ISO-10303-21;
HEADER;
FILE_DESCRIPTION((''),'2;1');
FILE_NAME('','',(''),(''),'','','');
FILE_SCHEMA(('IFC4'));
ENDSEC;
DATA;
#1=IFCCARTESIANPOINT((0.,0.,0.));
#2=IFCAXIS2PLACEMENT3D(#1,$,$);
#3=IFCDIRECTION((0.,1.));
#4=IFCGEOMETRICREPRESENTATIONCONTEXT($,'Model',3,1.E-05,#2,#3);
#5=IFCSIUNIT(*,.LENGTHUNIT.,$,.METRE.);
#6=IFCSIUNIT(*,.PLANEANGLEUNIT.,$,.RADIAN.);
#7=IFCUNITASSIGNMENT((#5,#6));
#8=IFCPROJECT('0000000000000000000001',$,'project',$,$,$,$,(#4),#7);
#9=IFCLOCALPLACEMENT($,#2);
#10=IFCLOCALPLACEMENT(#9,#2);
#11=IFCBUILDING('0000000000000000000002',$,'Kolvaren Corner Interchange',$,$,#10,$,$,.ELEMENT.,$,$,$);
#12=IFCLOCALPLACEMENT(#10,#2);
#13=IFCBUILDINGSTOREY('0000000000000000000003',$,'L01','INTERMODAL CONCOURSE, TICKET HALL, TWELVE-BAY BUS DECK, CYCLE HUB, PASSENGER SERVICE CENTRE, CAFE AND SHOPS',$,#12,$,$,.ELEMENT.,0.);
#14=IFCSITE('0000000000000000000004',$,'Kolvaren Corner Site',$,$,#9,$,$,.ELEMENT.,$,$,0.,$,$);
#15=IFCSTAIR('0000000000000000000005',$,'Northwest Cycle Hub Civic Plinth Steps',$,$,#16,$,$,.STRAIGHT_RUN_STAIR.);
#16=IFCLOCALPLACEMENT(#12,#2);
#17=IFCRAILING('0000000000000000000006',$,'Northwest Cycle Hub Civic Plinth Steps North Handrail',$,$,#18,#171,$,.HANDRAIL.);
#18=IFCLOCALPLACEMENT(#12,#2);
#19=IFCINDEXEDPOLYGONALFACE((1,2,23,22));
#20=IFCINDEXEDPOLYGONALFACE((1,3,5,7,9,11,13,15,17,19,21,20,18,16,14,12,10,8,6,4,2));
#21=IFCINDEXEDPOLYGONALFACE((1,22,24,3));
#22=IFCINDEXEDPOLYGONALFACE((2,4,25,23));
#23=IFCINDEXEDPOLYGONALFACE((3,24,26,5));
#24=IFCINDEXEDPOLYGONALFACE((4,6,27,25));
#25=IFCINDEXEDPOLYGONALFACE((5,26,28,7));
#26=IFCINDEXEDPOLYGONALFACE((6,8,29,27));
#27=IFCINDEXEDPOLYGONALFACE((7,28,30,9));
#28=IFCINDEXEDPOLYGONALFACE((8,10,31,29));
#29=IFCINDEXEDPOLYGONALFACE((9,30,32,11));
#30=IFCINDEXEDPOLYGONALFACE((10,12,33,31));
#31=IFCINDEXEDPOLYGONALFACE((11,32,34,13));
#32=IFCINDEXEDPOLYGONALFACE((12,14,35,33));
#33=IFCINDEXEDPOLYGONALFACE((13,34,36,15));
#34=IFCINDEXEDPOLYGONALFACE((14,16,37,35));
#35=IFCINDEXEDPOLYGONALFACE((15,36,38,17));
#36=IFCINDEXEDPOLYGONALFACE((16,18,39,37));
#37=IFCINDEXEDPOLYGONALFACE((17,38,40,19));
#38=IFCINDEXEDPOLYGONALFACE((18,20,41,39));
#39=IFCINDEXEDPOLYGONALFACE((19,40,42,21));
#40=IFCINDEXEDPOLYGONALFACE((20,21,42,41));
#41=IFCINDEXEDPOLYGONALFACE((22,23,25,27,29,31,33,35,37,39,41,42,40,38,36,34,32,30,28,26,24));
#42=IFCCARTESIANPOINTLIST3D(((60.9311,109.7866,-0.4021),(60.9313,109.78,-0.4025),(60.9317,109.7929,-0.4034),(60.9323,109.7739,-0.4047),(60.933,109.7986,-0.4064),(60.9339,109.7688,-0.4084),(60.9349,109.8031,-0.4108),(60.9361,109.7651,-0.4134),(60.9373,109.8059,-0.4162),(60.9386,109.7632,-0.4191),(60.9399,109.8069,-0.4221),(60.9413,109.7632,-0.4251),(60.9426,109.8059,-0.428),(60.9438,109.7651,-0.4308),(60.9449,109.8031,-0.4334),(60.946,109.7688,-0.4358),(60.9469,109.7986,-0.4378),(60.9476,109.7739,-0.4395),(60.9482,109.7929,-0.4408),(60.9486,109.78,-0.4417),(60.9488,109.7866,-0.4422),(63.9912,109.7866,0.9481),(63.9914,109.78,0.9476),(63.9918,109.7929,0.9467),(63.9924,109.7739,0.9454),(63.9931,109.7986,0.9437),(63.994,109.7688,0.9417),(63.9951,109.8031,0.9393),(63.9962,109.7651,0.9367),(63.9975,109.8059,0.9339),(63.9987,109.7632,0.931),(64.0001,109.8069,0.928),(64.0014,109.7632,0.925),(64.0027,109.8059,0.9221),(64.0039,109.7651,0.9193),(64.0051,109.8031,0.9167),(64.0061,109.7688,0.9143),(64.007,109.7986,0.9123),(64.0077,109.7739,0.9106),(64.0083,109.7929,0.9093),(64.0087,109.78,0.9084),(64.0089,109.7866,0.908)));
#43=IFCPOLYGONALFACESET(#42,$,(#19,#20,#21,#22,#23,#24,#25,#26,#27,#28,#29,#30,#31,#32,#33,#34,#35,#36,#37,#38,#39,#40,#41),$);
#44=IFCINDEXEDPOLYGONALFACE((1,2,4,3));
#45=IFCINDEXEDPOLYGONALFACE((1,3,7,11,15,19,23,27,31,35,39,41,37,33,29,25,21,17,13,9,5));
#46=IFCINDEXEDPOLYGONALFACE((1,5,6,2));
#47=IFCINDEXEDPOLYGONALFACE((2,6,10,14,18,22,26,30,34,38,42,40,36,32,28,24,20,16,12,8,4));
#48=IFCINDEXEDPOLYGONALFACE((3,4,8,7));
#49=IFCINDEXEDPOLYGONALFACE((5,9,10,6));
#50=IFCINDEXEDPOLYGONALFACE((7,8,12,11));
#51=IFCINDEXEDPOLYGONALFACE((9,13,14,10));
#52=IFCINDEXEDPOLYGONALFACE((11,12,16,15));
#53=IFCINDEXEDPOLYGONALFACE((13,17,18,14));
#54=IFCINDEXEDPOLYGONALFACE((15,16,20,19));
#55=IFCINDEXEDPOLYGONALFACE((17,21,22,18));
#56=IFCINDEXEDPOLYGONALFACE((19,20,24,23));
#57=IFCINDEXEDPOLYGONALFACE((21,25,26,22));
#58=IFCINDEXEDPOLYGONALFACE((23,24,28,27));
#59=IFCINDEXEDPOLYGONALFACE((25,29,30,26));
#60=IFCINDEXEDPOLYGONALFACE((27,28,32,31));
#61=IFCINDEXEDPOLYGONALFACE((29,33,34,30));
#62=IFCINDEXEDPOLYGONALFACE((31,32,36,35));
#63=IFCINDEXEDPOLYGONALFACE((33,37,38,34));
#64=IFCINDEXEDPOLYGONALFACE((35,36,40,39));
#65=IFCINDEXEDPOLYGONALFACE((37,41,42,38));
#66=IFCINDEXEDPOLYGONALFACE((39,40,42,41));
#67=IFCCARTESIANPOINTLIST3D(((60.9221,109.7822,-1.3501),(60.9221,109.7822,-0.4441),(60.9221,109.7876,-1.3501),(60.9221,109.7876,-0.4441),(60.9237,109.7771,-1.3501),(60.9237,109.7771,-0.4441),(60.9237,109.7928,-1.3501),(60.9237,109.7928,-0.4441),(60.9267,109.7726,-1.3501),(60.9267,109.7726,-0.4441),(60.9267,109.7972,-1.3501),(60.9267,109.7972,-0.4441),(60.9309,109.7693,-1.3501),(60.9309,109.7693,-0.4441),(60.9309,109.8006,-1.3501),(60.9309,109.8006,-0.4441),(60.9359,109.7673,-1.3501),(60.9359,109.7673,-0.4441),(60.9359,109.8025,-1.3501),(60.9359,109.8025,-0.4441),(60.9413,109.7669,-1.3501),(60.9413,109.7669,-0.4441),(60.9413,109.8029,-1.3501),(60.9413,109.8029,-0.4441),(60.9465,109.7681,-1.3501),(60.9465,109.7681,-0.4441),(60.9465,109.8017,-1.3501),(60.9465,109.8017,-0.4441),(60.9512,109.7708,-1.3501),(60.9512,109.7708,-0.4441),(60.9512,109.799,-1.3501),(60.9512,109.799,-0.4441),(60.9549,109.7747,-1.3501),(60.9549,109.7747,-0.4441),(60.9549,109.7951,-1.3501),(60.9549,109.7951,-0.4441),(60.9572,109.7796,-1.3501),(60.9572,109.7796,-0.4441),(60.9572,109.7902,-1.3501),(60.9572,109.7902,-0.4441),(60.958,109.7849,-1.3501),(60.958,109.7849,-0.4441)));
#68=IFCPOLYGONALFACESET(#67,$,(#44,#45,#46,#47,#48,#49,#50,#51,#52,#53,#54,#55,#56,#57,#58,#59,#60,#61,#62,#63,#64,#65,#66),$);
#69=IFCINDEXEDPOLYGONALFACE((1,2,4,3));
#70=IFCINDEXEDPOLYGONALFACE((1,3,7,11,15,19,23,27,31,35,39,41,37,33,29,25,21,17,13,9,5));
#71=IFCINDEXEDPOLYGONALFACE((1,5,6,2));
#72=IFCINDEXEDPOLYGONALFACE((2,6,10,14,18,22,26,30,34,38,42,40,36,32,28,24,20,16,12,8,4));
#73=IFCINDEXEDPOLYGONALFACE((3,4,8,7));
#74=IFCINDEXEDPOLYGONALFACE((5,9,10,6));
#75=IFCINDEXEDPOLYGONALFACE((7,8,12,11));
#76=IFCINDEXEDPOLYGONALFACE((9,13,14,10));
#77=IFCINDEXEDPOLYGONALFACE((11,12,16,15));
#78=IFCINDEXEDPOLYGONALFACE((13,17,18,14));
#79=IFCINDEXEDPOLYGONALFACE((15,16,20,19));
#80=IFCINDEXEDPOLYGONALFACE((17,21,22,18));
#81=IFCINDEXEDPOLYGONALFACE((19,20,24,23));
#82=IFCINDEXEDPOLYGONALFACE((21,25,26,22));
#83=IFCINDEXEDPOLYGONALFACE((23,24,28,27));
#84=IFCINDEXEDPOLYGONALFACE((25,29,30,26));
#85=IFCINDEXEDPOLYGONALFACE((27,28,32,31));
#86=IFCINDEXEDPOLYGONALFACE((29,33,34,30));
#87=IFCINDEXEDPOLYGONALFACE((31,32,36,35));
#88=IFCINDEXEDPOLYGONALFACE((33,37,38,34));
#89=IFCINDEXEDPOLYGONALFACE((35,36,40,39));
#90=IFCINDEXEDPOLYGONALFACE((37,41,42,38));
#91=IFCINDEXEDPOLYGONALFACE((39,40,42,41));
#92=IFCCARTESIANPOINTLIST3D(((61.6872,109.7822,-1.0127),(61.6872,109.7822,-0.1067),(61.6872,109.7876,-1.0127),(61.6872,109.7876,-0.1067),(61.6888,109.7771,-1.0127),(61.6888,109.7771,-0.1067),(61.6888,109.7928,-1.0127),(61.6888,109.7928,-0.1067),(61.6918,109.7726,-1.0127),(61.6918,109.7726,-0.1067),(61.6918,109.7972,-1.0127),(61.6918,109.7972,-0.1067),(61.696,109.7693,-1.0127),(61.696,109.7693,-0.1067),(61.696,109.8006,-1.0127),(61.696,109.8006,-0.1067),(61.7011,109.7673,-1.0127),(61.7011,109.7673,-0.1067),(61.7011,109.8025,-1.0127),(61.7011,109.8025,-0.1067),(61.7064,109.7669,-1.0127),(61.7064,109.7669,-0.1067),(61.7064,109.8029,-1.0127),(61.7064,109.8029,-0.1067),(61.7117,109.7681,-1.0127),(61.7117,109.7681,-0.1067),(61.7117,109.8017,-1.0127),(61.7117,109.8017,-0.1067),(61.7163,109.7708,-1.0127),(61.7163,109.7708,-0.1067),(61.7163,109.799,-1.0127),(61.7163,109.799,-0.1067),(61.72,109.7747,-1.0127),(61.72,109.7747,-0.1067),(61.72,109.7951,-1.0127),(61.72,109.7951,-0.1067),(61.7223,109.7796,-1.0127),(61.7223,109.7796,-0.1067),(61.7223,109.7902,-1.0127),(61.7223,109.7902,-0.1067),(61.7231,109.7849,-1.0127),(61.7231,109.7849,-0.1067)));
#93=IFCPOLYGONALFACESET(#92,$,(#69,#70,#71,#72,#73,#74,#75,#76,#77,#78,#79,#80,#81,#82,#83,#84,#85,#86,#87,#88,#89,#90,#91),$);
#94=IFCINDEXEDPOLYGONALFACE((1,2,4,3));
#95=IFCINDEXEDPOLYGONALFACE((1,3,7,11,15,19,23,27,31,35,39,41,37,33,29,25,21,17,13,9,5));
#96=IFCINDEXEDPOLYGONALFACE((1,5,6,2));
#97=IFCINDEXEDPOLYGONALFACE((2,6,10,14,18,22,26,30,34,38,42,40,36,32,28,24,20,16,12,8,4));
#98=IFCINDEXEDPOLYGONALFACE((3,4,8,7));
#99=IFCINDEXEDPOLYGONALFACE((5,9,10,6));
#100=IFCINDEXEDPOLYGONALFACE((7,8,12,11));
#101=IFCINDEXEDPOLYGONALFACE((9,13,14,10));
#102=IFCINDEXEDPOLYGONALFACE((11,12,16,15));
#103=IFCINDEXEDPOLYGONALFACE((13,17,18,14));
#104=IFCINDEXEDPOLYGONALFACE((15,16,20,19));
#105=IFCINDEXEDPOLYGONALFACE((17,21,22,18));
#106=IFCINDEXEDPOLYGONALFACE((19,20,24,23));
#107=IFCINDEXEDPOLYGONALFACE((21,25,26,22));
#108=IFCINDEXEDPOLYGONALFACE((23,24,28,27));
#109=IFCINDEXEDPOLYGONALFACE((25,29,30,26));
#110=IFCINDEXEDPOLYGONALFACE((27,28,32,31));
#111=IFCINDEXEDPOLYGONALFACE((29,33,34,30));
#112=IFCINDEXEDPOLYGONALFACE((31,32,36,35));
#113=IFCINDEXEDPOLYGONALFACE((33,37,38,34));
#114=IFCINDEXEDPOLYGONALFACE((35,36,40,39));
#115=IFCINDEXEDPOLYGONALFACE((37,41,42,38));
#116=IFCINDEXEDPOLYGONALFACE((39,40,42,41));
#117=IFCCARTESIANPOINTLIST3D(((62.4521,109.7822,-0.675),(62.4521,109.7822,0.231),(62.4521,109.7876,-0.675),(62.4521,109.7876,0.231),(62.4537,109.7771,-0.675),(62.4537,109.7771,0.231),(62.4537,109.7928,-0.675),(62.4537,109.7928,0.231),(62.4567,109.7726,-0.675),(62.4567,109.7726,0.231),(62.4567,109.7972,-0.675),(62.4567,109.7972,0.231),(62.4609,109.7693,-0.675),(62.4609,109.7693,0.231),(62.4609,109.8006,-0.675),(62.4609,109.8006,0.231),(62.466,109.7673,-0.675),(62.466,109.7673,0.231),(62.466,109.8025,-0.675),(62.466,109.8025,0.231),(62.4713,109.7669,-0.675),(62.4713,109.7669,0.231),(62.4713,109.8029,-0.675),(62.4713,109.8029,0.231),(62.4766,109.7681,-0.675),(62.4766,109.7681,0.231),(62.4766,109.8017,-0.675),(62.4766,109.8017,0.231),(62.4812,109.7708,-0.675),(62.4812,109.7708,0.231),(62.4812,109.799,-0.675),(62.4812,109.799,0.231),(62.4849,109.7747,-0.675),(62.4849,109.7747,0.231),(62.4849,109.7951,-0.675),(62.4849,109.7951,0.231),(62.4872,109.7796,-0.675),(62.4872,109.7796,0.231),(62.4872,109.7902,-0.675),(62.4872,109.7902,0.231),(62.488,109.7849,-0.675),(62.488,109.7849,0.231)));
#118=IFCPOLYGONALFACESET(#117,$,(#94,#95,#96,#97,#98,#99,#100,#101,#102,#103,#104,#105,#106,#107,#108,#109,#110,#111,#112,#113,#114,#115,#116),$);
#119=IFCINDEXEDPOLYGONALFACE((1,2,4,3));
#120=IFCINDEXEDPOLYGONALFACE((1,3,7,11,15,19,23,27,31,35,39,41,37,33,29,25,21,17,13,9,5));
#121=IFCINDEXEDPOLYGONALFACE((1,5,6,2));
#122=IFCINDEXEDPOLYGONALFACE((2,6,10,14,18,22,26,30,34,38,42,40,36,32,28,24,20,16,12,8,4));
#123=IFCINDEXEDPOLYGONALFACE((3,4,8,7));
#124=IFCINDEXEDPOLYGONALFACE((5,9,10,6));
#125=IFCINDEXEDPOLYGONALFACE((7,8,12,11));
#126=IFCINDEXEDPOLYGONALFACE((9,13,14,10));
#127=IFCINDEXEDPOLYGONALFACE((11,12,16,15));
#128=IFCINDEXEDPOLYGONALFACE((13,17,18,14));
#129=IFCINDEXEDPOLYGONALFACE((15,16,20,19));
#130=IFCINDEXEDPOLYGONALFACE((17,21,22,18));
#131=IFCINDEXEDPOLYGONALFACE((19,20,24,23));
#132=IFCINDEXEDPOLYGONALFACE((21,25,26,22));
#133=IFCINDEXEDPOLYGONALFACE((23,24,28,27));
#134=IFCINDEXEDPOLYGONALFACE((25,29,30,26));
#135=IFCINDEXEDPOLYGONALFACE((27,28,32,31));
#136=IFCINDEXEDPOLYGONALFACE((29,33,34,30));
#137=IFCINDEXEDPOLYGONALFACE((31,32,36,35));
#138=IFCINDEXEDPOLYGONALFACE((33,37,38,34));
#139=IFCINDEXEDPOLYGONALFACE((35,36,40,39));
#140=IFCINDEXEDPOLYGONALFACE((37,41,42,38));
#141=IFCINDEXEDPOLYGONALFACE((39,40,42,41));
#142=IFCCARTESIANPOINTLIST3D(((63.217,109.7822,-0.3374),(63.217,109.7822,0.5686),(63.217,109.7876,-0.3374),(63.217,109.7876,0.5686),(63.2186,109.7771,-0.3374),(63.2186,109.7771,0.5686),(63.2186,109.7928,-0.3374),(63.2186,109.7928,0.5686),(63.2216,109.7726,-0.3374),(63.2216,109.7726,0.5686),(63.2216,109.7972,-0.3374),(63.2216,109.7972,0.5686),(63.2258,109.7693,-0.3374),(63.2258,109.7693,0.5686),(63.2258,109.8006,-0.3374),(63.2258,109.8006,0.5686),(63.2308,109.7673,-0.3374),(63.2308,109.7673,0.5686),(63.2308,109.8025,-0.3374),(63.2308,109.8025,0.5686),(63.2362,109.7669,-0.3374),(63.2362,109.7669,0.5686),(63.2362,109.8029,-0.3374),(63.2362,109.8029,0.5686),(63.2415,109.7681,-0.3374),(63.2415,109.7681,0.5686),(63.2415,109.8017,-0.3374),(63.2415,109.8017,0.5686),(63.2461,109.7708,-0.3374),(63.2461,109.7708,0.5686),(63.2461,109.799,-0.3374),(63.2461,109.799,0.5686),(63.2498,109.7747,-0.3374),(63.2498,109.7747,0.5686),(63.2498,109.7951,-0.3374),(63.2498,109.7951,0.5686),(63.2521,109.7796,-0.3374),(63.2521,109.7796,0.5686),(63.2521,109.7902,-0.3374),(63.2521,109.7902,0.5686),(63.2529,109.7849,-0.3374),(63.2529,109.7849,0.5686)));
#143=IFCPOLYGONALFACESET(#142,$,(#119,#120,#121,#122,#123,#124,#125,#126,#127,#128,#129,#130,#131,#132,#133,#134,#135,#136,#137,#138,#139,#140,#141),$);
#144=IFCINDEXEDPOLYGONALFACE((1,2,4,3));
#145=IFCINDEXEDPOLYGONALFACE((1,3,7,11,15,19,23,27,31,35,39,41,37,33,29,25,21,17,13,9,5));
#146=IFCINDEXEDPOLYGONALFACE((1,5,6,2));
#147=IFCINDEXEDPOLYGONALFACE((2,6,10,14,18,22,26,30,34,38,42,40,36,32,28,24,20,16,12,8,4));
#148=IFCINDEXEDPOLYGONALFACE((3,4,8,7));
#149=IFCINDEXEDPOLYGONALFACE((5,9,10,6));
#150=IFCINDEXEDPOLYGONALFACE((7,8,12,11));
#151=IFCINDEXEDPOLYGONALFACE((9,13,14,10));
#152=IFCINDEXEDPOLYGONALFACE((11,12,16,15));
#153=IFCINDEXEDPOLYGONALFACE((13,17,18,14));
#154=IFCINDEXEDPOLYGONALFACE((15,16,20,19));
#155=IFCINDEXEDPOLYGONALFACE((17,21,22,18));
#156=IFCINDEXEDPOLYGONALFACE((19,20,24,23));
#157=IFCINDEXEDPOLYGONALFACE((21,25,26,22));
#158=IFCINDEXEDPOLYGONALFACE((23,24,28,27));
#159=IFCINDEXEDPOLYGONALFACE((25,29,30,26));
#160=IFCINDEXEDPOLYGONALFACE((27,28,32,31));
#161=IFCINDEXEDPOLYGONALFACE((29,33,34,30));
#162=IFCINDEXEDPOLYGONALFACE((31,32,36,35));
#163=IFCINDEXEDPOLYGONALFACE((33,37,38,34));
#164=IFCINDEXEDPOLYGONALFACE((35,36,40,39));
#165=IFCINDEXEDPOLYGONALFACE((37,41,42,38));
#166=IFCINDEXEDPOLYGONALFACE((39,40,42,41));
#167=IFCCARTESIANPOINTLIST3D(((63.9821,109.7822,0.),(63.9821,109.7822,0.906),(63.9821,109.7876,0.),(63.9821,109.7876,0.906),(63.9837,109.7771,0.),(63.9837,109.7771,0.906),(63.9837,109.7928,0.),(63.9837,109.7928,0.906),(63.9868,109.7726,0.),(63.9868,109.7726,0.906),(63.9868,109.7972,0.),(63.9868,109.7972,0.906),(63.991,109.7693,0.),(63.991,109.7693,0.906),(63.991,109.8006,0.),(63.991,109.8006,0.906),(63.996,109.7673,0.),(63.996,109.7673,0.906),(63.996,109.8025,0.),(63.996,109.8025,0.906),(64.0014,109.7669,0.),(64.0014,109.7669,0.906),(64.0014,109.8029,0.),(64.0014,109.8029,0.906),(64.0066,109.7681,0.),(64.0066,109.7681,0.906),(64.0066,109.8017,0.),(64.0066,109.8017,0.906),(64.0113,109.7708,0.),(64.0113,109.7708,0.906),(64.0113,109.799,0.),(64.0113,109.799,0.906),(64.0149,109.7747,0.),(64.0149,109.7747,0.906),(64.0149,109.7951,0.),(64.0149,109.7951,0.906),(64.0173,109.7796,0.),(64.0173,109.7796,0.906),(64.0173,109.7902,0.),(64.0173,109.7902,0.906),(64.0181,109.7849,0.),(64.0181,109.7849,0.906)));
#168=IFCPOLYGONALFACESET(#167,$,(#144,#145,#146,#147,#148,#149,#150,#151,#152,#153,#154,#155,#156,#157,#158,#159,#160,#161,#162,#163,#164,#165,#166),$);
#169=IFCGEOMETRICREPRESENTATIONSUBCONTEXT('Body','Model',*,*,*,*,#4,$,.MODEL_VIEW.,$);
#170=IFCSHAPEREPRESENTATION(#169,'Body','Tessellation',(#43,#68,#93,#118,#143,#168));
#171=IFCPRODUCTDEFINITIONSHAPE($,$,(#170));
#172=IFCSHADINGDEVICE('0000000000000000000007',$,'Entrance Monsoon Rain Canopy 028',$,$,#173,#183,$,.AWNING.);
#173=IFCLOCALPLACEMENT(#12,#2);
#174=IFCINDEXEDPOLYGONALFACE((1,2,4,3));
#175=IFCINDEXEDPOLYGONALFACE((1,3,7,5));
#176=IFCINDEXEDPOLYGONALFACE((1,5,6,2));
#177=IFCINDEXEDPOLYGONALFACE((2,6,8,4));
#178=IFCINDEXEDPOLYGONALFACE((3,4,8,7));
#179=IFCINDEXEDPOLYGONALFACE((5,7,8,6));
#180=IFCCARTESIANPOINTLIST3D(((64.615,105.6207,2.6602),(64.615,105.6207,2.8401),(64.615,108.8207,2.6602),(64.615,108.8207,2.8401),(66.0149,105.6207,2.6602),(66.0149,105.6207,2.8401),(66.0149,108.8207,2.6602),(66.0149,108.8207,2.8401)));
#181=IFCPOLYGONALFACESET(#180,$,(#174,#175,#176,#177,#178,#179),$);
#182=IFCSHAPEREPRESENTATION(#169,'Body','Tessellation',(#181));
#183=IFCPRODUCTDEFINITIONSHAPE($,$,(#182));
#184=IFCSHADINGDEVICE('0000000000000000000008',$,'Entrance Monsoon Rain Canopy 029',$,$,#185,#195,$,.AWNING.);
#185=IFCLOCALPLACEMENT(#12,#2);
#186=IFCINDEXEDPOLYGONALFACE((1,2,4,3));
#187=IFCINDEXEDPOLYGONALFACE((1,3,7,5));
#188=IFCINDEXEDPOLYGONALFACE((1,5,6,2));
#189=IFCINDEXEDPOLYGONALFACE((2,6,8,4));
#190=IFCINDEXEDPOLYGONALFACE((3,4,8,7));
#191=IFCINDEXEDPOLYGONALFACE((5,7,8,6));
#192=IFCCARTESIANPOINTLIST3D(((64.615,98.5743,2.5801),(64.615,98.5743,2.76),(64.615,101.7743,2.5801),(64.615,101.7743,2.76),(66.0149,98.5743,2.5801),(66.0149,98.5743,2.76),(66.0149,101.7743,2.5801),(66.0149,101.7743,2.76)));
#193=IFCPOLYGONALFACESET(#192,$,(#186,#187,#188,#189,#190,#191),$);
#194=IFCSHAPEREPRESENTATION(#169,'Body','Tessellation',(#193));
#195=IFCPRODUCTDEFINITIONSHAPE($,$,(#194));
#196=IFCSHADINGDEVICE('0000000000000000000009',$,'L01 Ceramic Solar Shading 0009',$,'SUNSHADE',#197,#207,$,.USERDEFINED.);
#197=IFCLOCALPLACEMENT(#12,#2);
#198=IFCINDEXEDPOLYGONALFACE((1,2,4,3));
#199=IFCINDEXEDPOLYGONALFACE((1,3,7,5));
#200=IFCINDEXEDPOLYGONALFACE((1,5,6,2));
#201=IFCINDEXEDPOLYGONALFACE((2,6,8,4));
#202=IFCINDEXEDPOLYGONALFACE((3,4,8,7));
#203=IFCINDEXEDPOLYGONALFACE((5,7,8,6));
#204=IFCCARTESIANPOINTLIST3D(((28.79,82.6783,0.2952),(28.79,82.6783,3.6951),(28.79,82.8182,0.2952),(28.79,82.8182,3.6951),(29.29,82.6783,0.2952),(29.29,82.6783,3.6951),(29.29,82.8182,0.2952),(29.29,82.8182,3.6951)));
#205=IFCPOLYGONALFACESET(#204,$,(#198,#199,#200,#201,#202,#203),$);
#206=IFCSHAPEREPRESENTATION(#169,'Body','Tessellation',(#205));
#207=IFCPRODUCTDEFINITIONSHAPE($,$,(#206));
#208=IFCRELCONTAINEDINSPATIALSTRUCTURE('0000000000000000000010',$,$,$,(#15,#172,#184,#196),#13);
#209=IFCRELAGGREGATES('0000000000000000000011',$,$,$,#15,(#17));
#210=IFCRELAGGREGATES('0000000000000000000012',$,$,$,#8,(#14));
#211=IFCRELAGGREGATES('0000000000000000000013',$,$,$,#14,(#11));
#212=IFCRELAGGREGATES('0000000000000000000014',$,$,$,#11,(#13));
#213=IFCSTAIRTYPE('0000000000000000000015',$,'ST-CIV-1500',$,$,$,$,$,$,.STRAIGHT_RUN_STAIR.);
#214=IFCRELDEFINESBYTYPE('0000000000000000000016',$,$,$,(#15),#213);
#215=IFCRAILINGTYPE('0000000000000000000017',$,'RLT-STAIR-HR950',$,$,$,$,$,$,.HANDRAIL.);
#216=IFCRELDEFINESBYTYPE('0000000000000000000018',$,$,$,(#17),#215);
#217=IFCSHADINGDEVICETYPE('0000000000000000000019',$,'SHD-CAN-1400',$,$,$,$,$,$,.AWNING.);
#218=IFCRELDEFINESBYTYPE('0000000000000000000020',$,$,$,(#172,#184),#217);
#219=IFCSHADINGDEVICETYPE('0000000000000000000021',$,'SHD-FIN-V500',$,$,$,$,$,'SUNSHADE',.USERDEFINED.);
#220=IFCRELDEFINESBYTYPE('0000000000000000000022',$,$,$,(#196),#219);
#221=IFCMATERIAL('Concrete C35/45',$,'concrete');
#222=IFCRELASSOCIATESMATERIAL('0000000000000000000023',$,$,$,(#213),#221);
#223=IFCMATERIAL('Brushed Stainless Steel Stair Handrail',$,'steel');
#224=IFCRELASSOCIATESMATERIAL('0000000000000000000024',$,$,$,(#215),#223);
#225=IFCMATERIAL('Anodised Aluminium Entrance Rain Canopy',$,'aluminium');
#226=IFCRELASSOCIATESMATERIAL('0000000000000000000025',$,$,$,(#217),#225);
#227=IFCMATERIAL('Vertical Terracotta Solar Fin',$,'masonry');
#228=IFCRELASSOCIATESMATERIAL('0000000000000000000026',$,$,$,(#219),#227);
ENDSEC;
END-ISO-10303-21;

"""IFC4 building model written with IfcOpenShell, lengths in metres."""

from ifc_helpers import new_model, si_unit, direction, frame, origin, origin_2d, place, context, subcontext, project, spatial, rectangle, circle, extrude, material, type_object, element, aggregate, save


model = new_model("IFC4")

# Units and contexts
model_context = context("Model", 3, precision=1e-05, world=origin(), true_north=direction((0.0, 1.0)))
body_context = subcontext(model_context, "Body", "Model", "MODEL_VIEW")
ifc_project = project(units=[si_unit("LENGTHUNIT", "METRE"), si_unit("PLANEANGLEUNIT", "RADIAN")], contexts=[model_context])

# Site, building, storey
site_placement = place(None, origin())
site = spatial("IfcSite", under=ifc_project, at=site_placement, Name="Kolvaren Corner Site", CompositionType="ELEMENT", RefElevation=0.0)
building_placement = place(site_placement, origin())
building = spatial("IfcBuilding", under=site, at=building_placement, Name="Kolvaren Corner Interchange", CompositionType="ELEMENT")
storey_placement = place(building_placement, origin())
storey = spatial("IfcBuildingStorey", under=building, at=storey_placement, Name="L01", Description="INTERMODAL CONCOURSE, TICKET HALL, TWELVE-BAY BUS DECK, CYCLE HUB, PASSENGER SERVICE CENTRE, CAFE AND SHOPS", CompositionType="ELEMENT", Elevation=0.0)

# Stair
ifc_material_1 = material(Name="Concrete C35/45", Category="concrete")
stair_type = type_object("IfcStairType", Name="ST-CIV-1500", PredefinedType="STRAIGHT_RUN_STAIR", material=ifc_material_1)
stair_placement = place(storey_placement, origin())
stair = element("IfcStair", 1, at=stair_placement, inside=storey, type_object=stair_type, Name="Northwest Cycle Hub Civic Plinth Steps", PredefinedType="STRAIGHT_RUN_STAIR")

# Railing
ifc_material_2 = material(Name="Brushed Stainless Steel Stair Handrail", Category="steel")
railing_type_1 = type_object("IfcRailingType", Name="RLT-STAIR-HR950", PredefinedType="HANDRAIL", material=ifc_material_2)
railing_1_placement = place(storey_placement, frame((60.9399, 109.7849, -1.3501)))
railing_1 = element("IfcRailing", 2, at=railing_1_placement, type_object=railing_type_1, Name="Northwest Cycle Hub Civic Plinth Steps North Handrail", PredefinedType="HANDRAIL", context=body_context, shape_type="SweptSolid", body=[
    extrude(circle(Radius=0.022, at=origin_2d()), frame((0.0, 0.0, 0.928), z_axis=(0.91491, 0.0, 0.403658), x_axis=(0.0, 1.0, 0.0)), (0.0, 0.0, 1.0), 3.3447),
    extrude(circle(Radius=0.0181, at=origin_2d()), origin(), (0.0, 0.0, 1.0), 0.906),
    extrude(circle(Radius=0.0181, at=origin_2d()), frame((0.7651, 0.0, 0.3374)), (0.0, 0.0, 1.0), 0.906),
    extrude(circle(Radius=0.0181, at=origin_2d()), frame((1.53, 0.0, 0.675)), (0.0, 0.0, 1.0), 0.906),
    extrude(circle(Radius=0.0181, at=origin_2d()), frame((2.2949, 0.0, 1.0127)), (0.0, 0.0, 1.0), 0.906),
    extrude(circle(Radius=0.0181, at=origin_2d()), frame((3.0601, 0.0, 1.3501)), (0.0, 0.0, 1.0), 0.906),
])
aggregate(stair, [railing_1])

# Shading devices
ifc_material_3 = material(Name="Anodised Aluminium Entrance Rain Canopy", Category="aluminium")
shading_device_type_1 = type_object("IfcShadingDeviceType", Name="SHD-CAN-1400", PredefinedType="AWNING", material=ifc_material_3)
for number, where, z_axis, x_axis, name in (
    (3, (65.3149, 107.2207, 2.6602), (0.0, 0.0, 1.0), (0.0, -1.0, 0.0), "Entrance Monsoon Rain Canopy 028"),
    (4, (65.3149, 100.1743, 2.5801), (0.0, 0.0, 1.0), (0.0, -1.0, 0.0), "Entrance Monsoon Rain Canopy 029"),
):
    element("IfcShadingDevice", number, at=place(storey_placement, frame(where, z_axis=z_axis, x_axis=x_axis)), inside=storey, type_object=shading_device_type_1, Name=name, PredefinedType="AWNING", context=body_context, shape_type="SweptSolid", body=[
        extrude(rectangle(XDim=3.2, YDim=1.3999, at=origin_2d()), origin(), (0.0, 0.0, 1.0), 0.1799),
    ])
ifc_material_4 = material(Name="Vertical Terracotta Solar Fin", Category="masonry")
shading_device_type_2 = type_object("IfcShadingDeviceType", Name="SHD-FIN-V500", ElementType="SUNSHADE", PredefinedType="USERDEFINED", material=ifc_material_4)
for number, where, z_axis, x_axis, name in (
    (5, (29.04, 82.7483, 0.2952), (0.0, 0.0, 1.0), (0.0, 1.0, 0.0), "L01 Ceramic Solar Shading 0009"),
):
    element("IfcShadingDevice", number, at=place(storey_placement, frame(where, z_axis=z_axis, x_axis=x_axis)), inside=storey, type_object=shading_device_type_2, Name=name, ObjectType="SUNSHADE", PredefinedType="USERDEFINED", context=body_context, shape_type="SweptSolid", body=[
        extrude(rectangle(XDim=0.1399, YDim=0.5, at=origin_2d()), origin(), (0.0, 0.0, 1.0), 3.3999),
    ])

save(model, "model.ifc")
